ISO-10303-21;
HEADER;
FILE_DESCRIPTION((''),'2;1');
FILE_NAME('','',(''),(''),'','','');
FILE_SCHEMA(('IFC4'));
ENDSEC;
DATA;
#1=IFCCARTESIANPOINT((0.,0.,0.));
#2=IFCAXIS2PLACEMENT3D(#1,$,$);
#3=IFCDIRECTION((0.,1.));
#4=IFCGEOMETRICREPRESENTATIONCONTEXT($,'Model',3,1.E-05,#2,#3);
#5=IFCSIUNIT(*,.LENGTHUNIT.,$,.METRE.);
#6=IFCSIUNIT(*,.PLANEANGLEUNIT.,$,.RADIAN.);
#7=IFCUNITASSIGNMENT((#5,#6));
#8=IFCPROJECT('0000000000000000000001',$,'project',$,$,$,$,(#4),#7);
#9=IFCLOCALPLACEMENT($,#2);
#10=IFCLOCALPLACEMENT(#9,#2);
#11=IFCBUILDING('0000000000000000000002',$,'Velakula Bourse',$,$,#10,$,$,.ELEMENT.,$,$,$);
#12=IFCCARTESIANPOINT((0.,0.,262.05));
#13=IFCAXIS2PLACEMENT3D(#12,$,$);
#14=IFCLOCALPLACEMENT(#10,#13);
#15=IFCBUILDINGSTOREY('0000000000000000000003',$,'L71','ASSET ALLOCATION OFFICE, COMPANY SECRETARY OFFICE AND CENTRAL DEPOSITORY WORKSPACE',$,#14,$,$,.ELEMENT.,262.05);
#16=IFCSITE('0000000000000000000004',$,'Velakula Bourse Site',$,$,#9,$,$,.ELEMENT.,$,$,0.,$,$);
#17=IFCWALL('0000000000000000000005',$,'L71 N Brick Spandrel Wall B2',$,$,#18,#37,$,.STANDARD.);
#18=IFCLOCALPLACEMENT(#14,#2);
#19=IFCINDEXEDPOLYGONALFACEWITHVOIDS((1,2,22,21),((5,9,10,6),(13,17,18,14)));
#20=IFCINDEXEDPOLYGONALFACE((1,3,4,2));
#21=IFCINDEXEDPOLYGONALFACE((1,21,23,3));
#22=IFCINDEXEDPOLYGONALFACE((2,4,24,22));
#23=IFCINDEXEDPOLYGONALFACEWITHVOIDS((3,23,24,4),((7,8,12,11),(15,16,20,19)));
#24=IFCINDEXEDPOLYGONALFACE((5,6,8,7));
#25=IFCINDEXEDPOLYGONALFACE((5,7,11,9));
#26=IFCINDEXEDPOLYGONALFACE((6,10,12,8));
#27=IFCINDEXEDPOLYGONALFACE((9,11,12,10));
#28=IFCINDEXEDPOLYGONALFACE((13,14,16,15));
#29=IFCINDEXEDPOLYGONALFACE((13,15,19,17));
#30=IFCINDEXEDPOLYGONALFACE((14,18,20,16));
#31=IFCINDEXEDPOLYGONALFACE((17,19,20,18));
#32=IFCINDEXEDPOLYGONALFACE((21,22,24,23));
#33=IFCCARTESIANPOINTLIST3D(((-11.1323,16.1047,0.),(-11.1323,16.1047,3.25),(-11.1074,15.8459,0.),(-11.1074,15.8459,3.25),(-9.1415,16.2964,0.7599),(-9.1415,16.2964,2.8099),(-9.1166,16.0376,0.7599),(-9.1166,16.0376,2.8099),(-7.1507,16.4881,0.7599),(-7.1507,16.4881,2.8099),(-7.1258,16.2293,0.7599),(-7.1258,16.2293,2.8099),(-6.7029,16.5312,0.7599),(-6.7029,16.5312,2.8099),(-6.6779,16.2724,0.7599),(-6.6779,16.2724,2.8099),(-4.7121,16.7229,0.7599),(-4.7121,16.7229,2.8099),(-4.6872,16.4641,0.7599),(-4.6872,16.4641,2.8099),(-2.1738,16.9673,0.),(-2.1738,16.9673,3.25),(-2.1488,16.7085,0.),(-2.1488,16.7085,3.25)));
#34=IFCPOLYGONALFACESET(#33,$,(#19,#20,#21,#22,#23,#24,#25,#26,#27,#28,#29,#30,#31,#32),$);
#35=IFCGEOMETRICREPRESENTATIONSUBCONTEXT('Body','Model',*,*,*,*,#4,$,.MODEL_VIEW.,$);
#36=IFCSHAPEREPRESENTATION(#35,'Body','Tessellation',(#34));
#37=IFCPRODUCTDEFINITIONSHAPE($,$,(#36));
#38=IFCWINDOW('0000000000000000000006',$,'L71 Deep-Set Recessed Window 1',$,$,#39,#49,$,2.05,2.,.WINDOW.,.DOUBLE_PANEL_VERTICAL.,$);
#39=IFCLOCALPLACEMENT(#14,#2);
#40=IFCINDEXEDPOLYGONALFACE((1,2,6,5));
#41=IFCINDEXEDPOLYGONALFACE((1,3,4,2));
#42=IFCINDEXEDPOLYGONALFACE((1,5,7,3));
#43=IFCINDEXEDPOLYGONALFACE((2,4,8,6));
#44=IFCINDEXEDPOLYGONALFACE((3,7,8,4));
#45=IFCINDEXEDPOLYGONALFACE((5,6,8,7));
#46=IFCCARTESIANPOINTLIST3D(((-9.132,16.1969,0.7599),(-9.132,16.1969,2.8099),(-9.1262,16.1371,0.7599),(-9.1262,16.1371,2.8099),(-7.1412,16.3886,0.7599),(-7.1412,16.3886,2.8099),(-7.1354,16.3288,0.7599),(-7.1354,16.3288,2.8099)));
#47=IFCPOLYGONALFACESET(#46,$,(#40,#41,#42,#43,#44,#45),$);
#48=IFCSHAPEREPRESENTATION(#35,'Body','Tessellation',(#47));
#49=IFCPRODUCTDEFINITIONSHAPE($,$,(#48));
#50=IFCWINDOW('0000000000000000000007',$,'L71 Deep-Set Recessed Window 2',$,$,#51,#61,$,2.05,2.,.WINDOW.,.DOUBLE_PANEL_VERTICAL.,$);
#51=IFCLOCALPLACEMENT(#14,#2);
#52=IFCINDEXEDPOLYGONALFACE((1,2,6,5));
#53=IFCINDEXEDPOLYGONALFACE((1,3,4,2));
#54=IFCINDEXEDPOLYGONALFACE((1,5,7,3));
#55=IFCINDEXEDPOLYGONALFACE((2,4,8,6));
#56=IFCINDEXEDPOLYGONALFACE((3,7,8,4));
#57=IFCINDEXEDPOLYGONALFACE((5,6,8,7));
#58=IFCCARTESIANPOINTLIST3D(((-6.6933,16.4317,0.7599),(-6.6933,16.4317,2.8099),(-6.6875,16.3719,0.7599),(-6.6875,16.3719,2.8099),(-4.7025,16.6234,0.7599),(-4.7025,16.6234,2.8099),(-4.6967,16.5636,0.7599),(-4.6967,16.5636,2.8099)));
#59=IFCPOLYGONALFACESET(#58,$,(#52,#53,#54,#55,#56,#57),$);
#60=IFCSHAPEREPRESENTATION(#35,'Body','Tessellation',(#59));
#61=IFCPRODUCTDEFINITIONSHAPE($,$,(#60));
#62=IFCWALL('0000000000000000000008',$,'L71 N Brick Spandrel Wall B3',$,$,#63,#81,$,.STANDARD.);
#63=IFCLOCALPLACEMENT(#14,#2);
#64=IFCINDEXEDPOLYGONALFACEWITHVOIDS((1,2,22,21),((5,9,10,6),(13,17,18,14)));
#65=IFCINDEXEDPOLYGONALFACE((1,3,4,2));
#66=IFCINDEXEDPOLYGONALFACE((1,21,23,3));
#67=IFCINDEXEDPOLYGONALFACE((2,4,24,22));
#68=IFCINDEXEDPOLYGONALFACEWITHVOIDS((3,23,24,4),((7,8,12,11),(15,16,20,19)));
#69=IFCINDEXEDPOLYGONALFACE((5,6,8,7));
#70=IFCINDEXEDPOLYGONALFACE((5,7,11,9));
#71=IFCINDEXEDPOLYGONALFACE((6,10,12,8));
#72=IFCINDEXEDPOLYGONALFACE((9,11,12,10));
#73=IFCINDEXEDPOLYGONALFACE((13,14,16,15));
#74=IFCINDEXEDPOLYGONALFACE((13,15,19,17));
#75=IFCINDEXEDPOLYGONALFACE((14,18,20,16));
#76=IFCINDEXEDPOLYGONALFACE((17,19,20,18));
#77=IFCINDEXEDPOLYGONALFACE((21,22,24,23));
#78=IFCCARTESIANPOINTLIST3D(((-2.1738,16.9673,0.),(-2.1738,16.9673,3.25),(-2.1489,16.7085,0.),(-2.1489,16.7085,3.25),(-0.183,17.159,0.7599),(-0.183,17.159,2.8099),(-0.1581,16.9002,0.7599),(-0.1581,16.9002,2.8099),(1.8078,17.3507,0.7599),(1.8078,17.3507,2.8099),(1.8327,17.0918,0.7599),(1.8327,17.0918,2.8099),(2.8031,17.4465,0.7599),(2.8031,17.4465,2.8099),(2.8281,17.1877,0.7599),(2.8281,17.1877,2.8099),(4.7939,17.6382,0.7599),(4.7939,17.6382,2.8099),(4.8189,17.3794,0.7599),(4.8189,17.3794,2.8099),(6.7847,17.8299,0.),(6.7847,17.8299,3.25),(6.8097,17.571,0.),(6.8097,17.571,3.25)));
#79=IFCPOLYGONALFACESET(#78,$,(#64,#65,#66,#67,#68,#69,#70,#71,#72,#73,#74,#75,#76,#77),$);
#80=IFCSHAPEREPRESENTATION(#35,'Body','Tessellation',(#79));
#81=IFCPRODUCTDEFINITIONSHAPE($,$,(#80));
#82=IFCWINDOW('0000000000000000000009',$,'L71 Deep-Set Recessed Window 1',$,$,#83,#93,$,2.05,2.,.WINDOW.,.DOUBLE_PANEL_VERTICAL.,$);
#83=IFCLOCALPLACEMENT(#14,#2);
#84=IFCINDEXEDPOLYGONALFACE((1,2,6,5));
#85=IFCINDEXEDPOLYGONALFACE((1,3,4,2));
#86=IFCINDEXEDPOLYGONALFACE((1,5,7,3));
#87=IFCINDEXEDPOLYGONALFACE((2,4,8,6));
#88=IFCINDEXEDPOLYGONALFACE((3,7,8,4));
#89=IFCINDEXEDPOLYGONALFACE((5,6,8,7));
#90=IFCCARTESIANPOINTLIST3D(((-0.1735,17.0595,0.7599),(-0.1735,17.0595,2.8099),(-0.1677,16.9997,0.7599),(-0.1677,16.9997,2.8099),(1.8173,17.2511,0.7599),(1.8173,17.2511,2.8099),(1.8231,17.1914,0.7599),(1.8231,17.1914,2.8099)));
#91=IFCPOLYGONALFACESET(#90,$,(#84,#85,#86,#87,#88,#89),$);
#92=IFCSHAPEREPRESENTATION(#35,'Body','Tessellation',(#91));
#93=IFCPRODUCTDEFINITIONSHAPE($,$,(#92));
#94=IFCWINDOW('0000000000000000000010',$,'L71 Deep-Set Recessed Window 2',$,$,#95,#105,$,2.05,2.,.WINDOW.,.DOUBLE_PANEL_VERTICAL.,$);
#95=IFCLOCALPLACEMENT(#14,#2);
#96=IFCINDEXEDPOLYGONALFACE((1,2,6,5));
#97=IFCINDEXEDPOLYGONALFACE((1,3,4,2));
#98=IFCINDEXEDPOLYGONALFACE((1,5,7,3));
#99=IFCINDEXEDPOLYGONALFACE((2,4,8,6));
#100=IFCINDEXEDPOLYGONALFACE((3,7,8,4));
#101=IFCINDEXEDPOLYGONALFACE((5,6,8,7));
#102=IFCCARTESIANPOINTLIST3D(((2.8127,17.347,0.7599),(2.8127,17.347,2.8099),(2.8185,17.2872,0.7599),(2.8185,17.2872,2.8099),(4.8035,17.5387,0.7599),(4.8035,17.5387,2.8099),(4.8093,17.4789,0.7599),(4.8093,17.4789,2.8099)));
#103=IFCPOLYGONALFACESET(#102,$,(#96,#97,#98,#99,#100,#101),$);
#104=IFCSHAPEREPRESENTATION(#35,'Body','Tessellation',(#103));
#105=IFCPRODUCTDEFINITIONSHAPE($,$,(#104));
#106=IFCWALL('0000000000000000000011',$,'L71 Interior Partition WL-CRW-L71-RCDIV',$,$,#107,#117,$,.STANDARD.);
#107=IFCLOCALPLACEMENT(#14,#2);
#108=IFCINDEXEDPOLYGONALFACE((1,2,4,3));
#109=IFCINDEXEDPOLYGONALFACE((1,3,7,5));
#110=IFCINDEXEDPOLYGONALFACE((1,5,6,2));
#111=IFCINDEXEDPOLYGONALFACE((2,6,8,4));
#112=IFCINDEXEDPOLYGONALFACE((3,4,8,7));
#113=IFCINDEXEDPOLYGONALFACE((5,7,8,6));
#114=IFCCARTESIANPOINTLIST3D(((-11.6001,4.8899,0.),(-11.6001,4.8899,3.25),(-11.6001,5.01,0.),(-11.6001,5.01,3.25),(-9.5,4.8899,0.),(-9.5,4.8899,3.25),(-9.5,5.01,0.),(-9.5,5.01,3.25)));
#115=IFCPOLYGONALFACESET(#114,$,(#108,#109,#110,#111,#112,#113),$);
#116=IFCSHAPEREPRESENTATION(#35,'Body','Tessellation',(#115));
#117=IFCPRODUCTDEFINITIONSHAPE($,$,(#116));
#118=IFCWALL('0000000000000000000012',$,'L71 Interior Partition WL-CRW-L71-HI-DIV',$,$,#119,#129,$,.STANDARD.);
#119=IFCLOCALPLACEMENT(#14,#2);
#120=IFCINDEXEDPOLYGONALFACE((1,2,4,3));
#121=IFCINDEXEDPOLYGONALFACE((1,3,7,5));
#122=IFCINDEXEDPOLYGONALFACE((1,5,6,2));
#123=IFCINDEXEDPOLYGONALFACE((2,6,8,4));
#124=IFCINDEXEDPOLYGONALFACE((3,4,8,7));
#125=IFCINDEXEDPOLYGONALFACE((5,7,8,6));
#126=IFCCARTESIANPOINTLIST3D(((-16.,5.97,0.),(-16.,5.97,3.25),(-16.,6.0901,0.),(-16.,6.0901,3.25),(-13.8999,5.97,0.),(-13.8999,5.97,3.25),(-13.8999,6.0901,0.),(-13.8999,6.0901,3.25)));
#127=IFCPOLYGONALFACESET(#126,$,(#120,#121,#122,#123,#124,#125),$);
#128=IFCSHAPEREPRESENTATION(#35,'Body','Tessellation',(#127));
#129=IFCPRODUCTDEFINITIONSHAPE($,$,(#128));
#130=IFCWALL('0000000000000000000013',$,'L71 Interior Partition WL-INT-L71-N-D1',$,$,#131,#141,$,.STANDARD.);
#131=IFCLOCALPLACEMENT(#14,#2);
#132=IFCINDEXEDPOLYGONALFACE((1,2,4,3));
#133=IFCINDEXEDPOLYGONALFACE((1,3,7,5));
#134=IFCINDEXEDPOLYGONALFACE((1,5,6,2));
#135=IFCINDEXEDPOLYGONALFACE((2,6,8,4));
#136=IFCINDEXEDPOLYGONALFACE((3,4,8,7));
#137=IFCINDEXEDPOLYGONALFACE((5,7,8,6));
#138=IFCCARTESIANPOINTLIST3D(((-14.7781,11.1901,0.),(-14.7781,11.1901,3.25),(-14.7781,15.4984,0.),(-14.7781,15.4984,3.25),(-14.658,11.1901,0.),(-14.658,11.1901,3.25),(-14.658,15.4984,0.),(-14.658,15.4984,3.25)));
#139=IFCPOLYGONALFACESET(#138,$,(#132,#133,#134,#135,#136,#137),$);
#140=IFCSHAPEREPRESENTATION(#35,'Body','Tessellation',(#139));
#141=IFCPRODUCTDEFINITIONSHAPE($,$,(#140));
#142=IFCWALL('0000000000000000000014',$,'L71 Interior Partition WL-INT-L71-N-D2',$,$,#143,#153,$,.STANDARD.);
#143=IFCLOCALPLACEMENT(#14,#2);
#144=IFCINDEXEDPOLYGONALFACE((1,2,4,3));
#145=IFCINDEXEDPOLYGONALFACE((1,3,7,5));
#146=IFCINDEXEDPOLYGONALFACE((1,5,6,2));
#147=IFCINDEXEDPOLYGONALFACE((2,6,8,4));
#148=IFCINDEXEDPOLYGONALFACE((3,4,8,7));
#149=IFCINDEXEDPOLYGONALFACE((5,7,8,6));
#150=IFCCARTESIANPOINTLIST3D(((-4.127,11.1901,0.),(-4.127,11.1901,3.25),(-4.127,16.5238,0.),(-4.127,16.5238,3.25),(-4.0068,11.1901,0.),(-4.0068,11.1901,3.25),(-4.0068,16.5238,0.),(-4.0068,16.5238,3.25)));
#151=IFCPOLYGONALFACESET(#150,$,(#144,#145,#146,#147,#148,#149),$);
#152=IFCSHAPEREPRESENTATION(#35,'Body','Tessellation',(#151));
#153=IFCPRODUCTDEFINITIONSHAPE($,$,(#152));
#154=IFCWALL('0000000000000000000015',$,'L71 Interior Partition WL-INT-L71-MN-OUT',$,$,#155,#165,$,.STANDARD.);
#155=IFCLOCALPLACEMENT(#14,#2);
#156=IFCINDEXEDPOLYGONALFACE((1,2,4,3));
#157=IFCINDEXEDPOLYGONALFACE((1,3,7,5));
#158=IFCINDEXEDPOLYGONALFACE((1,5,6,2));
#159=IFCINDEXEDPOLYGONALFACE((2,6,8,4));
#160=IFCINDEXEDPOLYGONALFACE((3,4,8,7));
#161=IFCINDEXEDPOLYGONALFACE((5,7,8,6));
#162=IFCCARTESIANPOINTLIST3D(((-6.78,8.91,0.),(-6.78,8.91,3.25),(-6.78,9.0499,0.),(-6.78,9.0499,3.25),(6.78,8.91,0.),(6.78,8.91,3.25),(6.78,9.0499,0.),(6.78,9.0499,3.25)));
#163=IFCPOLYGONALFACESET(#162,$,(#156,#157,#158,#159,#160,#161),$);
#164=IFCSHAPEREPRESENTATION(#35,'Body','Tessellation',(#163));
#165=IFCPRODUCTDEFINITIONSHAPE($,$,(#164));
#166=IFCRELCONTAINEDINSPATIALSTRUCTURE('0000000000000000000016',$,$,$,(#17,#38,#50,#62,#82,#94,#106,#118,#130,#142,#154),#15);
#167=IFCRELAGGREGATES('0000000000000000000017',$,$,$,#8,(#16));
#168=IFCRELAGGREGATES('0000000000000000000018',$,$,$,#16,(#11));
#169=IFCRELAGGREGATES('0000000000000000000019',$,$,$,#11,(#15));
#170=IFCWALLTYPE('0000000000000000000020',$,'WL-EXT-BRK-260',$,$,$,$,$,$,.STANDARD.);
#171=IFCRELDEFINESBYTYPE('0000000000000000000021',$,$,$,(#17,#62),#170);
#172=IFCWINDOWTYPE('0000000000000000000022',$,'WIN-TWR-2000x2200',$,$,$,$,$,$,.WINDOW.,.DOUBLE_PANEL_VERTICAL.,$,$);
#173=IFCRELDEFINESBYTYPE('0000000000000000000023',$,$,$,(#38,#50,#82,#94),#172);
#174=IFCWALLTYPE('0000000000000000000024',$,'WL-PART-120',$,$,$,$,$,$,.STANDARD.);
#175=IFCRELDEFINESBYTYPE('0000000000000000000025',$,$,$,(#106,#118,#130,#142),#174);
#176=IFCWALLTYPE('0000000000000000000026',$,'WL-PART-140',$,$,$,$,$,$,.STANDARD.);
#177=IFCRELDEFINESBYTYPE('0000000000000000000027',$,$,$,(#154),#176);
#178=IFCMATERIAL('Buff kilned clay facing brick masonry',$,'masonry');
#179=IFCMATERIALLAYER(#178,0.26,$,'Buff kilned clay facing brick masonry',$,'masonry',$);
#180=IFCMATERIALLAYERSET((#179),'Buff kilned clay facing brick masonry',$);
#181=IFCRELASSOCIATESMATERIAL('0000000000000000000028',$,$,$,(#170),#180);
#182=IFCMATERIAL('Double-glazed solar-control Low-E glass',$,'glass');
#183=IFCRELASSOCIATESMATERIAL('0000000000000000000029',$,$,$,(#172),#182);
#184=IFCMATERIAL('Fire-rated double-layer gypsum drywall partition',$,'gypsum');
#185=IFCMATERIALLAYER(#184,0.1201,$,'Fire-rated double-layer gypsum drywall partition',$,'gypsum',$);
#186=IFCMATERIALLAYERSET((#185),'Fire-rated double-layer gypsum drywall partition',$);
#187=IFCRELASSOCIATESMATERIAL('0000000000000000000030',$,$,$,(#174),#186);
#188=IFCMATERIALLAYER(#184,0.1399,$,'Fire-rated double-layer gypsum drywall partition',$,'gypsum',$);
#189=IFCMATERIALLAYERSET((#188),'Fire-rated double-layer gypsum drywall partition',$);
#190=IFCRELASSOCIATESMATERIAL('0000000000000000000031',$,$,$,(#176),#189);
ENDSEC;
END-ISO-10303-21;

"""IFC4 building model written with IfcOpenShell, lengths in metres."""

from ifc_helpers import new_model, si_unit, direction, frame, frame_2d, origin, place, context, subcontext, project, spatial, rectangle, extrude, material, layer, layer_set, type_object, element, fill, save


model = new_model("IFC4")

# Units and contexts
model_context = context("Model", 3, precision=1e-05, world=origin(), true_north=direction((0.0, 1.0)))
body_context = subcontext(model_context, "Body", "Model", "MODEL_VIEW")
ifc_project = project(units=[si_unit("LENGTHUNIT", "METRE"), si_unit("PLANEANGLEUNIT", "RADIAN")], contexts=[model_context])

# Site, building, storey
site_placement = place(None, origin())
site = spatial("IfcSite", under=ifc_project, at=site_placement, Name="Velakula Bourse Site", CompositionType="ELEMENT", RefElevation=0.0)
building_placement = place(site_placement, origin())
building = spatial("IfcBuilding", under=site, at=building_placement, Name="Velakula Bourse", CompositionType="ELEMENT")
storey_placement = place(building_placement, frame((0.0, 0.0, 262.05)))
storey = spatial("IfcBuildingStorey", under=building, at=storey_placement, Name="L71", Description="ASSET ALLOCATION OFFICE, COMPANY SECRETARY OFFICE AND CENTRAL DEPOSITORY WORKSPACE", CompositionType="ELEMENT", Elevation=262.05)

# Walls, openings, windows
ifc_material_1 = material(Name="Buff kilned clay facing brick masonry", Category="masonry")
ifc_layer_1 = layer(ifc_material_1, 0.26, Name="Buff kilned clay facing brick masonry", Category="masonry")
ifc_layer_set_1 = layer_set([ifc_layer_1], Name="Buff kilned clay facing brick masonry")
wall_type_1 = type_object("IfcWallType", Name="WL-EXT-BRK-260", PredefinedType="STANDARD", material=ifc_layer_set_1)
wall_1_placement = place(storey_placement, frame((-11.1199, 15.9753, 0.0), z_axis=(0.0, 0.0, 1.0), x_axis=(0.995397, 0.09584, 0.0)))
wall_1 = element("IfcWall", 1, at=wall_1_placement, inside=storey, type_object=wall_type_1, Name="L71 N Brick Spandrel Wall B2", PredefinedType="STANDARD", context=body_context, shape_type="SweptSolid", body=[
    extrude(rectangle(XDim=9.0, YDim=0.26, at=frame_2d((4.5, 0.0))), origin(), (0.0, 0.0, 1.0), 3.25),
])
opening_1_placement = place(wall_1_placement, frame((2.0, 0.0, 0.76)))
opening_1 = element("IfcOpeningElement", 2, at=opening_1_placement, cuts=wall_1, PredefinedType="OPENING", context=body_context, shape_type="SweptSolid", body=[
    extrude(rectangle(XDim=2.0, YDim=2.05, at=frame_2d((1.0, 1.0249))), frame((0.0, 0.1399, 0.0), z_axis=(0.0, -1.0, 0.0), x_axis=(1.0, 0.0, 0.0)), (0.0, 0.0, 1.0), 0.28),
])
opening_2_placement = place(wall_1_placement, frame((4.45, 0.0, 0.76)))
opening_2 = element("IfcOpeningElement", 3, at=opening_2_placement, cuts=wall_1, PredefinedType="OPENING", context=body_context, shape_type="SweptSolid", body=[
    extrude(rectangle(XDim=2.0, YDim=2.05, at=frame_2d((1.0, 1.0249))), frame((0.0, 0.1399, 0.0), z_axis=(0.0, -1.0, 0.0), x_axis=(1.0, 0.0, 0.0)), (0.0, 0.0, 1.0), 0.28),
])
ifc_material_2 = material(Name="Double-glazed solar-control Low-E glass", Category="glass")
window_type = type_object("IfcWindowType", Name="WIN-TWR-2000x2200", PartitioningType="DOUBLE_PANEL_VERTICAL", PredefinedType="WINDOW", material=ifc_material_2)
window_1_placement = place(opening_1_placement, origin())
window_1 = element("IfcWindow", 4, at=window_1_placement, inside=storey, type_object=window_type, Name="L71 Deep-Set Recessed Window 1", OverallHeight=2.05, OverallWidth=2.0, PartitioningType="DOUBLE_PANEL_VERTICAL", PredefinedType="WINDOW", context=body_context, shape_type="SweptSolid", body=[
    extrude(rectangle(XDim=2.0, YDim=2.05, at=frame_2d((1.0, 1.0249))), frame((0.0, 0.03, 0.0), z_axis=(0.0, -1.0, 0.0), x_axis=(1.0, 0.0, 0.0)), (0.0, 0.0, 1.0), 0.0601),
])
fill(opening_1, window_1)
window_2_placement = place(opening_2_placement, origin())
window_2 = element("IfcWindow", 5, at=window_2_placement, inside=storey, type_object=window_type, Name="L71 Deep-Set Recessed Window 2", OverallHeight=2.05, OverallWidth=2.0, PartitioningType="DOUBLE_PANEL_VERTICAL", PredefinedType="WINDOW", context=body_context, shape_type="SweptSolid", body=[
    extrude(rectangle(XDim=2.0, YDim=2.05, at=frame_2d((1.0, 1.0249))), frame((0.0, 0.03, 0.0), z_axis=(0.0, -1.0, 0.0), x_axis=(1.0, 0.0, 0.0)), (0.0, 0.0, 1.0), 0.0601),
])
fill(opening_2, window_2)
wall_2_placement = place(storey_placement, frame((-2.1614, 16.8379, 0.0), z_axis=(0.0, 0.0, 1.0), x_axis=(0.995397, 0.09584, 0.0)))
wall_2 = element("IfcWall", 6, at=wall_2_placement, inside=storey, type_object=wall_type_1, Name="L71 N Brick Spandrel Wall B3", PredefinedType="STANDARD", context=body_context, shape_type="SweptSolid", body=[
    extrude(rectangle(XDim=9.0, YDim=0.26, at=frame_2d((4.5, 0.0))), origin(), (0.0, 0.0, 1.0), 3.25),
])
opening_3_placement = place(wall_2_placement, frame((2.0, 0.0, 0.76)))
opening_3 = element("IfcOpeningElement", 7, at=opening_3_placement, cuts=wall_2, PredefinedType="OPENING", context=body_context, shape_type="SweptSolid", body=[
    extrude(rectangle(XDim=2.0, YDim=2.05, at=frame_2d((1.0, 1.0249))), frame((0.0, 0.1399, 0.0), z_axis=(0.0, -1.0, 0.0), x_axis=(1.0, 0.0, 0.0)), (0.0, 0.0, 1.0), 0.28),
])
opening_4_placement = place(wall_2_placement, frame((5.0, 0.0, 0.76)))
opening_4 = element("IfcOpeningElement", 8, at=opening_4_placement, cuts=wall_2, PredefinedType="OPENING", context=body_context, shape_type="SweptSolid", body=[
    extrude(rectangle(XDim=2.0, YDim=2.05, at=frame_2d((1.0, 1.0249))), frame((0.0, 0.1399, 0.0), z_axis=(0.0, -1.0, 0.0), x_axis=(1.0, 0.0, 0.0)), (0.0, 0.0, 1.0), 0.28),
])
window_3_placement = place(opening_3_placement, origin())
window_3 = element("IfcWindow", 9, at=window_3_placement, inside=storey, type_object=window_type, Name="L71 Deep-Set Recessed Window 1", OverallHeight=2.05, OverallWidth=2.0, PartitioningType="DOUBLE_PANEL_VERTICAL", PredefinedType="WINDOW", context=body_context, shape_type="SweptSolid", body=[
    extrude(rectangle(XDim=2.0, YDim=2.05, at=frame_2d((1.0, 1.0249))), frame((0.0, 0.03, 0.0), z_axis=(0.0, -1.0, 0.0), x_axis=(1.0, 0.0, 0.0)), (0.0, 0.0, 1.0), 0.0601),
])
fill(opening_3, window_3)
window_4_placement = place(opening_4_placement, origin())
window_4 = element("IfcWindow", 10, at=window_4_placement, inside=storey, type_object=window_type, Name="L71 Deep-Set Recessed Window 2", OverallHeight=2.05, OverallWidth=2.0, PartitioningType="DOUBLE_PANEL_VERTICAL", PredefinedType="WINDOW", context=body_context, shape_type="SweptSolid", body=[
    extrude(rectangle(XDim=2.0, YDim=2.05, at=frame_2d((1.0, 1.0249))), frame((0.0, 0.03, 0.0), z_axis=(0.0, -1.0, 0.0), x_axis=(1.0, 0.0, 0.0)), (0.0, 0.0, 1.0), 0.0601),
])
fill(opening_4, window_4)

# Walls
ifc_material_3 = material(Name="Fire-rated double-layer gypsum drywall partition", Category="gypsum")
ifc_layer_2 = layer(ifc_material_3, 0.1201, Name="Fire-rated double-layer gypsum drywall partition", Category="gypsum")
ifc_layer_set_2 = layer_set([ifc_layer_2], Name="Fire-rated double-layer gypsum drywall partition")
wall_type_2 = type_object("IfcWallType", Name="WL-PART-120", PredefinedType="STANDARD", material=ifc_layer_set_2)
for number, where, z_axis, x_axis, name in (
    (11, (-11.6001, 4.95, 0.0), (0.0, 0.0, 1.0), (1.0, 0.0, 0.0), "L71 Interior Partition WL-CRW-L71-RCDIV"),
    (12, (-16.0, 6.03, 0.0), (0.0, 0.0, 1.0), (1.0, 0.0, 0.0), "L71 Interior Partition WL-CRW-L71-HI-DIV"),
):
    element("IfcWall", number, at=place(storey_placement, frame(where, z_axis=z_axis, x_axis=x_axis)), inside=storey, type_object=wall_type_2, Name=name, PredefinedType="STANDARD", context=body_context, shape_type="SweptSolid", body=[
        extrude(rectangle(XDim=2.1001, YDim=0.1201, at=frame_2d((1.05, 0.0))), origin(), (0.0, 0.0, 1.0), 3.25),
    ])
wall_3_placement = place(storey_placement, frame((-14.718, 11.1899, 0.0), z_axis=(0.0, 0.0, 1.0), x_axis=(0.0, 1.0, 0.0)))
element("IfcWall", 13, at=wall_3_placement, inside=storey, type_object=wall_type_2, Name="L71 Interior Partition WL-INT-L71-N-D1", PredefinedType="STANDARD", context=body_context, shape_type="SweptSolid", body=[
    extrude(rectangle(XDim=4.3083, YDim=0.1201, at=frame_2d((2.1543, 0.0))), origin(), (0.0, 0.0, 1.0), 3.25),
])
wall_4_placement = place(storey_placement, frame((-4.0669, 11.1899, 0.0), z_axis=(0.0, 0.0, 1.0), x_axis=(0.0, 1.0, 0.0)))
element("IfcWall", 14, at=wall_4_placement, inside=storey, type_object=wall_type_2, Name="L71 Interior Partition WL-INT-L71-N-D2", PredefinedType="STANDARD", context=body_context, shape_type="SweptSolid", body=[
    extrude(rectangle(XDim=5.3337, YDim=0.1201, at=frame_2d((2.667, 0.0))), origin(), (0.0, 0.0, 1.0), 3.25),
])
ifc_layer_3 = layer(ifc_material_3, 0.1399, Name="Fire-rated double-layer gypsum drywall partition", Category="gypsum")
ifc_layer_set_3 = layer_set([ifc_layer_3], Name="Fire-rated double-layer gypsum drywall partition")
wall_type_3 = type_object("IfcWallType", Name="WL-PART-140", PredefinedType="STANDARD", material=ifc_layer_set_3)
wall_5_placement = place(storey_placement, frame((-6.78, 8.98, 0.0), z_axis=(0.0, 0.0, 1.0), x_axis=(1.0, 0.0, 0.0)))
element("IfcWall", 15, at=wall_5_placement, inside=storey, type_object=wall_type_3, Name="L71 Interior Partition WL-INT-L71-MN-OUT", PredefinedType="STANDARD", context=body_context, shape_type="SweptSolid", body=[
    extrude(rectangle(XDim=13.5601, YDim=0.1399, at=frame_2d((6.78, 0.0))), origin(), (0.0, 0.0, 1.0), 3.25),
])

save(model, "model.ifc")
